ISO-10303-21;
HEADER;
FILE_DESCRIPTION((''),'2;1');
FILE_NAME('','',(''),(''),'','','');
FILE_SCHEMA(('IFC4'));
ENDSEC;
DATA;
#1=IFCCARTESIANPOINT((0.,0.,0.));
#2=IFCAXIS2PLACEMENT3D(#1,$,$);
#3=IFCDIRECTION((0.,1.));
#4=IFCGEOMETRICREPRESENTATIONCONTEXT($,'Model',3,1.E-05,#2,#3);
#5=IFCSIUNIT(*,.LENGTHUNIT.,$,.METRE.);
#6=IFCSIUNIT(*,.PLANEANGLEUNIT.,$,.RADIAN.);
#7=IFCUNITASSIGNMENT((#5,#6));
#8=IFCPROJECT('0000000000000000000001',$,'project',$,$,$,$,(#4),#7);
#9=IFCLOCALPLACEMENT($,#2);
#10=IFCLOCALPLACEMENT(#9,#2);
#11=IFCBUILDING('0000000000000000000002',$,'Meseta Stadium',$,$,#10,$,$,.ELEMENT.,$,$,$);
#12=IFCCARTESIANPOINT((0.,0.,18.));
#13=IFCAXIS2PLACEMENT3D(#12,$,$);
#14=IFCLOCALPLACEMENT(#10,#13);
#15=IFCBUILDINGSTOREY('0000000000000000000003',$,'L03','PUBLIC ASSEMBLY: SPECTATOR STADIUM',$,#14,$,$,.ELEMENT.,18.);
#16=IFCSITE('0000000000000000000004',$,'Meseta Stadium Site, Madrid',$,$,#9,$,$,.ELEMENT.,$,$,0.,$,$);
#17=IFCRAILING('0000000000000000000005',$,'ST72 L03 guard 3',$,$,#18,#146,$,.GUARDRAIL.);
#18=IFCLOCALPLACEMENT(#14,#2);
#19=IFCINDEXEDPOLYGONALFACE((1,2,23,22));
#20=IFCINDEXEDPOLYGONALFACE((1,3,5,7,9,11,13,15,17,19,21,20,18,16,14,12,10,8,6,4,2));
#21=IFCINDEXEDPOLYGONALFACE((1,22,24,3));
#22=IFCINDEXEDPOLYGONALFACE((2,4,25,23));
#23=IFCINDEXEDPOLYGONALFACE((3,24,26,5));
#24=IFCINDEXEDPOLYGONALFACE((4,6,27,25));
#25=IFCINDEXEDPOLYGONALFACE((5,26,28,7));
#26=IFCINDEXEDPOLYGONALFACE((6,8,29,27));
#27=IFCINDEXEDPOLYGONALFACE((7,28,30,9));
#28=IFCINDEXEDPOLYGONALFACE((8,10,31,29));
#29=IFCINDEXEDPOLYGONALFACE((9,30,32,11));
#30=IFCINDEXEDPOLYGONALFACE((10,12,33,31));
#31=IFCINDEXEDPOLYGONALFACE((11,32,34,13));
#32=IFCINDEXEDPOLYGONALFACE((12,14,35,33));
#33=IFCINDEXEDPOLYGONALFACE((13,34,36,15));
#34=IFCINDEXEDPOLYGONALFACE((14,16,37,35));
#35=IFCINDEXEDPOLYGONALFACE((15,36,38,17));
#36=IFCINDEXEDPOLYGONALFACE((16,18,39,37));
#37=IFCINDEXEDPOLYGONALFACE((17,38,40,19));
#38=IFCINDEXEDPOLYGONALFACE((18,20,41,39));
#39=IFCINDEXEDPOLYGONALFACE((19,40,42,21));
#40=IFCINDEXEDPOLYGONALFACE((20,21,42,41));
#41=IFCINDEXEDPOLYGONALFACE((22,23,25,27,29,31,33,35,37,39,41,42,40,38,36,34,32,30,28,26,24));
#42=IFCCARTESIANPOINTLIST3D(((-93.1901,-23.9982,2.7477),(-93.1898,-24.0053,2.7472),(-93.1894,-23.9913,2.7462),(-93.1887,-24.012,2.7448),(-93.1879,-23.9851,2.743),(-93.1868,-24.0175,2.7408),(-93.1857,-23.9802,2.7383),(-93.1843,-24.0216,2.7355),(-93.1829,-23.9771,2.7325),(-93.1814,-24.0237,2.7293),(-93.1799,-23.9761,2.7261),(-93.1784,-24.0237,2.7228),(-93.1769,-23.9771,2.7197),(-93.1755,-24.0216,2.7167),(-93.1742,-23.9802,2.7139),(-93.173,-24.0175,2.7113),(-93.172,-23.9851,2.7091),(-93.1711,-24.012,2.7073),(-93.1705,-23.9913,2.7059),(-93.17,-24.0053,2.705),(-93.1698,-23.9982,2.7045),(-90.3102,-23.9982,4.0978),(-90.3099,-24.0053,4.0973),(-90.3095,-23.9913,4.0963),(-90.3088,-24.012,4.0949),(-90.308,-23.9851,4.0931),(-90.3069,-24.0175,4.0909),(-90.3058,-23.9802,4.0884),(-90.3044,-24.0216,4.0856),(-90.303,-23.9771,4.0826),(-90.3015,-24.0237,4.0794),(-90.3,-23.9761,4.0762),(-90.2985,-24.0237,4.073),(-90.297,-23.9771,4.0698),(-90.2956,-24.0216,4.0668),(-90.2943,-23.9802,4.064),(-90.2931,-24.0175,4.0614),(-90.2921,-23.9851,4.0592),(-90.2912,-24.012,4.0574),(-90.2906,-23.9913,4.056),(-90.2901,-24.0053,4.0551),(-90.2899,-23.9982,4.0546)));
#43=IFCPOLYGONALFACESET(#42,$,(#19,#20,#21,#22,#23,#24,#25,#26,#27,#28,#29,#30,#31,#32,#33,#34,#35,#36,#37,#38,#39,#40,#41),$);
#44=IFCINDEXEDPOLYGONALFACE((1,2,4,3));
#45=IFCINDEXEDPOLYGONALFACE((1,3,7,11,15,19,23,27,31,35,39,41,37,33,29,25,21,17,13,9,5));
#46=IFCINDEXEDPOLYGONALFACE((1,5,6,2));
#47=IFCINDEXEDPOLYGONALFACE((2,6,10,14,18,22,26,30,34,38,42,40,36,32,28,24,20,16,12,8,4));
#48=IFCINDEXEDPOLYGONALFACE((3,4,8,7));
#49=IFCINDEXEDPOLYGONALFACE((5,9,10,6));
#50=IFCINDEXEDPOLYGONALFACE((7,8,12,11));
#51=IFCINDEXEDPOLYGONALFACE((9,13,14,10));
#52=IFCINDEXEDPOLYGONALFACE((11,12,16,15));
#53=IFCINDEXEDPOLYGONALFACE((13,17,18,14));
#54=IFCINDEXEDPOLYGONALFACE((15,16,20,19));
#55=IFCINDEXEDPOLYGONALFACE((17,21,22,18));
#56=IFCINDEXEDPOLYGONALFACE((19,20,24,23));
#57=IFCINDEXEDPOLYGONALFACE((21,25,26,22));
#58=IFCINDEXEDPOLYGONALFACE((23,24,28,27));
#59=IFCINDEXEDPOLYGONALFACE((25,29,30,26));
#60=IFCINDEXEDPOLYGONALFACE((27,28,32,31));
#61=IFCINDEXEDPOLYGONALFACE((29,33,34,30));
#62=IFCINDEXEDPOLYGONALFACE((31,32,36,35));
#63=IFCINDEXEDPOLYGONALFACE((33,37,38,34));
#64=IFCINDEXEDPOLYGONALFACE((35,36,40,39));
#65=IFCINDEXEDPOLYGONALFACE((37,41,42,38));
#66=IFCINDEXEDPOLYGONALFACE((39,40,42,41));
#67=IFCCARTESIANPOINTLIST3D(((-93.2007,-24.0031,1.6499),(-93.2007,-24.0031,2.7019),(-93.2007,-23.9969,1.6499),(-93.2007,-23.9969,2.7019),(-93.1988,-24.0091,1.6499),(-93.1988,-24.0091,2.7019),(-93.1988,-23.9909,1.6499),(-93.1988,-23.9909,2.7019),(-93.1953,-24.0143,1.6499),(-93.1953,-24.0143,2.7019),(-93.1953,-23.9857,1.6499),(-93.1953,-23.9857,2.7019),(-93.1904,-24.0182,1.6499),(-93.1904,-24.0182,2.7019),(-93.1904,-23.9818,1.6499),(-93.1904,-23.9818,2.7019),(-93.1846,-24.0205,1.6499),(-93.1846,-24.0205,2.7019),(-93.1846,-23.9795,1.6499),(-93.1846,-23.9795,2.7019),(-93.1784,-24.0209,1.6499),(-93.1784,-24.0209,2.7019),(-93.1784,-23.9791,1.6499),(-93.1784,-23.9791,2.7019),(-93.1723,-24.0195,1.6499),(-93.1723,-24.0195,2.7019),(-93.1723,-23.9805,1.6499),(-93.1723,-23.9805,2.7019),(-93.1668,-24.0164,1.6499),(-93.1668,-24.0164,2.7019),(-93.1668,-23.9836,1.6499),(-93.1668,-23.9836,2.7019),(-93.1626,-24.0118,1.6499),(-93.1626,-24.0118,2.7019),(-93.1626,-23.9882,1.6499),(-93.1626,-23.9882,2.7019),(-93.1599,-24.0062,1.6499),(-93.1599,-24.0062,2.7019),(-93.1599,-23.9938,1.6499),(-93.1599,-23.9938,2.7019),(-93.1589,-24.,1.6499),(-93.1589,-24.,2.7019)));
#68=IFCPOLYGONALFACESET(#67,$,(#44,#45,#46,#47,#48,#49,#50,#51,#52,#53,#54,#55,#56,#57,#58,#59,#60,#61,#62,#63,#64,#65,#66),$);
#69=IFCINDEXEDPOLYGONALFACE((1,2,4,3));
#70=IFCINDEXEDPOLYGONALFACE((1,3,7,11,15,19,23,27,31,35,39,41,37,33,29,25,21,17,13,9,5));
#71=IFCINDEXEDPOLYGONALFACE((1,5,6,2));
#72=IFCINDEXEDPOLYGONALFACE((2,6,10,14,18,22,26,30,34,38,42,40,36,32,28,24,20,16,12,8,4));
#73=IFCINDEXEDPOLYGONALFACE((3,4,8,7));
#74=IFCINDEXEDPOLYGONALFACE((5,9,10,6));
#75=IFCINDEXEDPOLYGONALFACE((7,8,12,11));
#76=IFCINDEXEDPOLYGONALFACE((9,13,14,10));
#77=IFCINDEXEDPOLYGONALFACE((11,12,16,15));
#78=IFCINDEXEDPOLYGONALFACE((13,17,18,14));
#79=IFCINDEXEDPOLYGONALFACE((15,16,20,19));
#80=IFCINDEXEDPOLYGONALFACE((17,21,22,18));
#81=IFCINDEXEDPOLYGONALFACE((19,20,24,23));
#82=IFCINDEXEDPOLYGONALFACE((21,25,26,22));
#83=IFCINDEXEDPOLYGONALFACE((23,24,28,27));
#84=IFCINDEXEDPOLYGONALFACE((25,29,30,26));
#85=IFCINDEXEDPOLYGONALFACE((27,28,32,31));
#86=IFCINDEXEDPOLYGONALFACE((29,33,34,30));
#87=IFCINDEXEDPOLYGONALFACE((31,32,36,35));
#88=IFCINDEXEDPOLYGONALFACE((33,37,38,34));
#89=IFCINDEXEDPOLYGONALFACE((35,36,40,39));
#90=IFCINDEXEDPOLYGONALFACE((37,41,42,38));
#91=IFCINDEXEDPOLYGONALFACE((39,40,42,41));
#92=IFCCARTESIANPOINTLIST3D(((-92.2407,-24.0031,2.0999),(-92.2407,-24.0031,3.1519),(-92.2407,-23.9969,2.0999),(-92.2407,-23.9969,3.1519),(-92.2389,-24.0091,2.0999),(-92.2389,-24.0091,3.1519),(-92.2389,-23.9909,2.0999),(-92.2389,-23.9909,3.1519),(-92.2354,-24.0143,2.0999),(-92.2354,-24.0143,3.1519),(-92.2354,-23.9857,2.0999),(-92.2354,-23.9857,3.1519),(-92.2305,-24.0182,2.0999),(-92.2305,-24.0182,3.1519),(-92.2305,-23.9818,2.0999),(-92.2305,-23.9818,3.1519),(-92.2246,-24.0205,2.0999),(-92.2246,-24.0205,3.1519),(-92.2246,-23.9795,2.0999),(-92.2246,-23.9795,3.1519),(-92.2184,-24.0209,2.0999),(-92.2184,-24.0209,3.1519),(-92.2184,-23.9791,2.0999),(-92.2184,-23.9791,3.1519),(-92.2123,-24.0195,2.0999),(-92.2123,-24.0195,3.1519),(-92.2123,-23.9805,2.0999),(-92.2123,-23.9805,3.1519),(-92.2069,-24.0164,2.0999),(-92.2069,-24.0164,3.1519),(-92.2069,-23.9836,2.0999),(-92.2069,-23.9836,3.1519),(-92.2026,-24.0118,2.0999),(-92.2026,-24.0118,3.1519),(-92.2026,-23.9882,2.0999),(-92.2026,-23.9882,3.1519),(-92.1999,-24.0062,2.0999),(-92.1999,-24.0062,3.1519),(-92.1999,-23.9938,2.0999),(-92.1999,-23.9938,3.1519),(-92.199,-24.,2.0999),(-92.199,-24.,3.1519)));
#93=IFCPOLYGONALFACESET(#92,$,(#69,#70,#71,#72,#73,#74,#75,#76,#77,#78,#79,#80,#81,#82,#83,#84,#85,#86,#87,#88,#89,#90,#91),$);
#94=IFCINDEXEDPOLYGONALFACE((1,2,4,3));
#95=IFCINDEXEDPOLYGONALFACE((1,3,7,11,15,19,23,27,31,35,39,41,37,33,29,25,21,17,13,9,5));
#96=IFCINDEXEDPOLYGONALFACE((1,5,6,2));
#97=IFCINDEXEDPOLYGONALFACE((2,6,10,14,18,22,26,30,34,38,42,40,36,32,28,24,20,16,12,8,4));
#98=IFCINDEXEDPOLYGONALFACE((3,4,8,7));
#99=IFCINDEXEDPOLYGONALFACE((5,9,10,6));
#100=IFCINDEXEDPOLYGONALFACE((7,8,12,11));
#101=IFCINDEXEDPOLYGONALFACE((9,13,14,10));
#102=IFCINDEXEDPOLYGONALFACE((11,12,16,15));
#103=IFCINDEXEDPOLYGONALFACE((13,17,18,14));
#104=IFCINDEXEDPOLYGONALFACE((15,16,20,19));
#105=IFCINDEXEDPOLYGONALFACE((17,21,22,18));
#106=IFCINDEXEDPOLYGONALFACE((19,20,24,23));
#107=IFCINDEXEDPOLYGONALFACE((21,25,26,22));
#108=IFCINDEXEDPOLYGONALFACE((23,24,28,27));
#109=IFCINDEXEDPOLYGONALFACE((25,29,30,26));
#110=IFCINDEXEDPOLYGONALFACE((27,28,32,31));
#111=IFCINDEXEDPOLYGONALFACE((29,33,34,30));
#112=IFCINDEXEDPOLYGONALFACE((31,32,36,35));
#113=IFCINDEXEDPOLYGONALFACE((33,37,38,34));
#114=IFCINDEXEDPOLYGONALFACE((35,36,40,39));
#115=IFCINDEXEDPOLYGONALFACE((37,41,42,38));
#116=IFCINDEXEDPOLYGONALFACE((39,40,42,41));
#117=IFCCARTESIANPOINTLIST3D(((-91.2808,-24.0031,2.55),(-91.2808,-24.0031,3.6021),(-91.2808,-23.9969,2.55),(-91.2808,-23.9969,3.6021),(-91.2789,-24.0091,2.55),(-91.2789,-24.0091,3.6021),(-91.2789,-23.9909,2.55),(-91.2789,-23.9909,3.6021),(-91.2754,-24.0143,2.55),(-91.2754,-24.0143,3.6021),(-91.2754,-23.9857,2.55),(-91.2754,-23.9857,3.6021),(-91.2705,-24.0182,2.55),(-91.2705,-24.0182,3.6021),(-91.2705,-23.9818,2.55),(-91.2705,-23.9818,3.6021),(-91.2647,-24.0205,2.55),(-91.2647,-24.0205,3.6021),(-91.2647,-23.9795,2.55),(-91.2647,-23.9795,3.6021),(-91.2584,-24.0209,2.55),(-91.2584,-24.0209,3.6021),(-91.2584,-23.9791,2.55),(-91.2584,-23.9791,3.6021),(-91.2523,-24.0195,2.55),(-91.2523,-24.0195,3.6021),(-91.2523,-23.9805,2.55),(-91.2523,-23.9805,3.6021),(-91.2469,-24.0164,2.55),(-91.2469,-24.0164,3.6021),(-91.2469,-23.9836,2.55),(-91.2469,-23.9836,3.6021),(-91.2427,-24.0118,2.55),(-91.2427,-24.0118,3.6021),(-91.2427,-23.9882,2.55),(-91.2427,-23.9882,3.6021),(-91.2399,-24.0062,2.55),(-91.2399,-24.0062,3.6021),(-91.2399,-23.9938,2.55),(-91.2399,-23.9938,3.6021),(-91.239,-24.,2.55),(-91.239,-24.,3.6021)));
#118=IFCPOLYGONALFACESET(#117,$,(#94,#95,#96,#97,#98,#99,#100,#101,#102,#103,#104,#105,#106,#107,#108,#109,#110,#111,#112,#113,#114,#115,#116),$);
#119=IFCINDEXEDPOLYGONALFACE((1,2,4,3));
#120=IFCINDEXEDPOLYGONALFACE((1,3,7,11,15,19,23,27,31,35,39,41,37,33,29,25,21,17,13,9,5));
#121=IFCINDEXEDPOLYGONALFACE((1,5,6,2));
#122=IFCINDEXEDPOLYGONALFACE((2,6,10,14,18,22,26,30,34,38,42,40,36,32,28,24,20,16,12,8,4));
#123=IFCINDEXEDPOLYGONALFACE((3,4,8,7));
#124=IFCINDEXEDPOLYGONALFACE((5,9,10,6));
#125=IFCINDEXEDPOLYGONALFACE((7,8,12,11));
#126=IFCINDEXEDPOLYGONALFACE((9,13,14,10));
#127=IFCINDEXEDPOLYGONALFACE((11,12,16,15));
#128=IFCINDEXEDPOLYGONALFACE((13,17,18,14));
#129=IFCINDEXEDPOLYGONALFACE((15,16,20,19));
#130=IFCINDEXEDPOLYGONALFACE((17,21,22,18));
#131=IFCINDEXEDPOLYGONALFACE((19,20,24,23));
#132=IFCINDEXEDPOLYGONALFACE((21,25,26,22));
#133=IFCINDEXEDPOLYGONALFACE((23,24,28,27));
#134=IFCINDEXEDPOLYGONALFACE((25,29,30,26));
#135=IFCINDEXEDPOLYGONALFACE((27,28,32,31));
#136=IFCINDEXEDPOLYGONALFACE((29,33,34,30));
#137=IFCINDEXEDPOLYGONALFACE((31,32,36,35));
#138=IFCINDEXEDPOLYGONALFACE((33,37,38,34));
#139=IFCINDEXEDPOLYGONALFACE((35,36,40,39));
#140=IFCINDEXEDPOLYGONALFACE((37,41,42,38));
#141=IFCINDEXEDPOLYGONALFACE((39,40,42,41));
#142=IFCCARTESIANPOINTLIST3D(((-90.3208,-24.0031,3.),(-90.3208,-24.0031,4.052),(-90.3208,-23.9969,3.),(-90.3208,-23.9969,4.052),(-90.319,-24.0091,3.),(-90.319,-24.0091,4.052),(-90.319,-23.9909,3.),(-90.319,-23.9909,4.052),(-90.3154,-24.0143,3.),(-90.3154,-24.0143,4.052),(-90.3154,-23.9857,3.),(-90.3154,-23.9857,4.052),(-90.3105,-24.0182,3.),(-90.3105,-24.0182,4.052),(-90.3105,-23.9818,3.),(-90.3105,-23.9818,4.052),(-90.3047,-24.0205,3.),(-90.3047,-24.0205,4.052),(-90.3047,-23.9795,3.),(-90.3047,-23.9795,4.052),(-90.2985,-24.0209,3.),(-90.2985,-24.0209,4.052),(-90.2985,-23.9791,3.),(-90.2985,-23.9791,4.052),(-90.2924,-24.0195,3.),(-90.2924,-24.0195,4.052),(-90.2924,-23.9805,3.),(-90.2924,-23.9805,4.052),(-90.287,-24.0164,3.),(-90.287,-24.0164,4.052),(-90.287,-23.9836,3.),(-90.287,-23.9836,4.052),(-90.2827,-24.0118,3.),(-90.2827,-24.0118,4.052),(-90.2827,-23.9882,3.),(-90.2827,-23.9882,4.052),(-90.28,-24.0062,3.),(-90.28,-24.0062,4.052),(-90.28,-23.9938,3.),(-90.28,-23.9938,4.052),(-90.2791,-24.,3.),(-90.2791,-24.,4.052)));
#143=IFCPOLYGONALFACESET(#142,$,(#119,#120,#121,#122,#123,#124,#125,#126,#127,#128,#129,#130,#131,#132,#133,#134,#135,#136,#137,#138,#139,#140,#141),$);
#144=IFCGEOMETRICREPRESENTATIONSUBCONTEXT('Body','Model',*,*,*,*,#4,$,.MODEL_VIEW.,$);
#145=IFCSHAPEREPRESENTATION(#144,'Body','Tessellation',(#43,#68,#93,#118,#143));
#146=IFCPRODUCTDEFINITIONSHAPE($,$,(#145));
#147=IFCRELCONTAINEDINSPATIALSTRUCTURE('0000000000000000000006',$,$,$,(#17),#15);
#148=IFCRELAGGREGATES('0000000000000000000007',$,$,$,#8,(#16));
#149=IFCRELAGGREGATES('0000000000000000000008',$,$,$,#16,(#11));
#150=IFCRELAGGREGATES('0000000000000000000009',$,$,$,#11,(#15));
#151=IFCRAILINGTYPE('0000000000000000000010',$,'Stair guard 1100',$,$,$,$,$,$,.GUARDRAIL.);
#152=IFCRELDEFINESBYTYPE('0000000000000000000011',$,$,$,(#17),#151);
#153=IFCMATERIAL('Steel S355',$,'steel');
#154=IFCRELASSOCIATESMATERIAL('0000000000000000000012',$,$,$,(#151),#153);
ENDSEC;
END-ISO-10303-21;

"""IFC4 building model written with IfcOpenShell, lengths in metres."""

from ifc_helpers import new_model, si_unit, direction, frame, origin, origin_2d, place, context, subcontext, project, spatial, circle, extrude, material, type_object, element, save


model = new_model("IFC4")

# Units and contexts
model_context = context("Model", 3, precision=1e-05, world=origin(), true_north=direction((0.0, 1.0)))
body_context = subcontext(model_context, "Body", "Model", "MODEL_VIEW")
ifc_project = project(units=[si_unit("LENGTHUNIT", "METRE"), si_unit("PLANEANGLEUNIT", "RADIAN")], contexts=[model_context])

# Site, building, storey
site_placement = place(None, origin())
site = spatial("IfcSite", under=ifc_project, at=site_placement, Name="Meseta Stadium Site, Madrid", CompositionType="ELEMENT", RefElevation=0.0)
building_placement = place(site_placement, origin())
building = spatial("IfcBuilding", under=site, at=building_placement, Name="Meseta Stadium", CompositionType="ELEMENT")
storey_placement = place(building_placement, frame((0.0, 0.0, 18.0)))
storey = spatial("IfcBuildingStorey", under=building, at=storey_placement, Name="L03", Description="PUBLIC ASSEMBLY: SPECTATOR STADIUM", CompositionType="ELEMENT", Elevation=18.0)

# Railing
ifc_material_1 = material(Name="Steel S355", Category="steel")
railing_type_1 = type_object("IfcRailingType", Name="Stair guard 1100", PredefinedType="GUARDRAIL", material=ifc_material_1)
railing_1_placement = place(storey_placement, frame((-93.1799, -24.0, 1.6499)))
element("IfcRailing", 1, at=railing_1_placement, inside=storey, type_object=railing_type_1, Name="ST72 L03 guard 3", PredefinedType="GUARDRAIL", context=body_context, shape_type="SweptSolid", body=[
    extrude(circle(Radius=0.0239, at=origin_2d()), frame((0.0, 0.0, 1.0762), z_axis=(0.90544, 0.0, 0.424473), x_axis=(0.0, 1.0, 0.0)), (0.0, 0.0, 1.0), 3.1807),
    extrude(circle(Radius=0.021, at=origin_2d()), origin(), (0.0, 0.0, 1.0), 1.052),
    extrude(circle(Radius=0.021, at=origin_2d()), frame((0.96, 0.0, 0.45)), (0.0, 0.0, 1.0), 1.052),
    extrude(circle(Radius=0.021, at=origin_2d()), frame((1.9199, 0.0, 0.9001)), (0.0, 0.0, 1.0), 1.052),
    extrude(circle(Radius=0.021, at=origin_2d()), frame((2.8799, 0.0, 1.3501)), (0.0, 0.0, 1.0), 1.052),
])

save(model, "model.ifc")
